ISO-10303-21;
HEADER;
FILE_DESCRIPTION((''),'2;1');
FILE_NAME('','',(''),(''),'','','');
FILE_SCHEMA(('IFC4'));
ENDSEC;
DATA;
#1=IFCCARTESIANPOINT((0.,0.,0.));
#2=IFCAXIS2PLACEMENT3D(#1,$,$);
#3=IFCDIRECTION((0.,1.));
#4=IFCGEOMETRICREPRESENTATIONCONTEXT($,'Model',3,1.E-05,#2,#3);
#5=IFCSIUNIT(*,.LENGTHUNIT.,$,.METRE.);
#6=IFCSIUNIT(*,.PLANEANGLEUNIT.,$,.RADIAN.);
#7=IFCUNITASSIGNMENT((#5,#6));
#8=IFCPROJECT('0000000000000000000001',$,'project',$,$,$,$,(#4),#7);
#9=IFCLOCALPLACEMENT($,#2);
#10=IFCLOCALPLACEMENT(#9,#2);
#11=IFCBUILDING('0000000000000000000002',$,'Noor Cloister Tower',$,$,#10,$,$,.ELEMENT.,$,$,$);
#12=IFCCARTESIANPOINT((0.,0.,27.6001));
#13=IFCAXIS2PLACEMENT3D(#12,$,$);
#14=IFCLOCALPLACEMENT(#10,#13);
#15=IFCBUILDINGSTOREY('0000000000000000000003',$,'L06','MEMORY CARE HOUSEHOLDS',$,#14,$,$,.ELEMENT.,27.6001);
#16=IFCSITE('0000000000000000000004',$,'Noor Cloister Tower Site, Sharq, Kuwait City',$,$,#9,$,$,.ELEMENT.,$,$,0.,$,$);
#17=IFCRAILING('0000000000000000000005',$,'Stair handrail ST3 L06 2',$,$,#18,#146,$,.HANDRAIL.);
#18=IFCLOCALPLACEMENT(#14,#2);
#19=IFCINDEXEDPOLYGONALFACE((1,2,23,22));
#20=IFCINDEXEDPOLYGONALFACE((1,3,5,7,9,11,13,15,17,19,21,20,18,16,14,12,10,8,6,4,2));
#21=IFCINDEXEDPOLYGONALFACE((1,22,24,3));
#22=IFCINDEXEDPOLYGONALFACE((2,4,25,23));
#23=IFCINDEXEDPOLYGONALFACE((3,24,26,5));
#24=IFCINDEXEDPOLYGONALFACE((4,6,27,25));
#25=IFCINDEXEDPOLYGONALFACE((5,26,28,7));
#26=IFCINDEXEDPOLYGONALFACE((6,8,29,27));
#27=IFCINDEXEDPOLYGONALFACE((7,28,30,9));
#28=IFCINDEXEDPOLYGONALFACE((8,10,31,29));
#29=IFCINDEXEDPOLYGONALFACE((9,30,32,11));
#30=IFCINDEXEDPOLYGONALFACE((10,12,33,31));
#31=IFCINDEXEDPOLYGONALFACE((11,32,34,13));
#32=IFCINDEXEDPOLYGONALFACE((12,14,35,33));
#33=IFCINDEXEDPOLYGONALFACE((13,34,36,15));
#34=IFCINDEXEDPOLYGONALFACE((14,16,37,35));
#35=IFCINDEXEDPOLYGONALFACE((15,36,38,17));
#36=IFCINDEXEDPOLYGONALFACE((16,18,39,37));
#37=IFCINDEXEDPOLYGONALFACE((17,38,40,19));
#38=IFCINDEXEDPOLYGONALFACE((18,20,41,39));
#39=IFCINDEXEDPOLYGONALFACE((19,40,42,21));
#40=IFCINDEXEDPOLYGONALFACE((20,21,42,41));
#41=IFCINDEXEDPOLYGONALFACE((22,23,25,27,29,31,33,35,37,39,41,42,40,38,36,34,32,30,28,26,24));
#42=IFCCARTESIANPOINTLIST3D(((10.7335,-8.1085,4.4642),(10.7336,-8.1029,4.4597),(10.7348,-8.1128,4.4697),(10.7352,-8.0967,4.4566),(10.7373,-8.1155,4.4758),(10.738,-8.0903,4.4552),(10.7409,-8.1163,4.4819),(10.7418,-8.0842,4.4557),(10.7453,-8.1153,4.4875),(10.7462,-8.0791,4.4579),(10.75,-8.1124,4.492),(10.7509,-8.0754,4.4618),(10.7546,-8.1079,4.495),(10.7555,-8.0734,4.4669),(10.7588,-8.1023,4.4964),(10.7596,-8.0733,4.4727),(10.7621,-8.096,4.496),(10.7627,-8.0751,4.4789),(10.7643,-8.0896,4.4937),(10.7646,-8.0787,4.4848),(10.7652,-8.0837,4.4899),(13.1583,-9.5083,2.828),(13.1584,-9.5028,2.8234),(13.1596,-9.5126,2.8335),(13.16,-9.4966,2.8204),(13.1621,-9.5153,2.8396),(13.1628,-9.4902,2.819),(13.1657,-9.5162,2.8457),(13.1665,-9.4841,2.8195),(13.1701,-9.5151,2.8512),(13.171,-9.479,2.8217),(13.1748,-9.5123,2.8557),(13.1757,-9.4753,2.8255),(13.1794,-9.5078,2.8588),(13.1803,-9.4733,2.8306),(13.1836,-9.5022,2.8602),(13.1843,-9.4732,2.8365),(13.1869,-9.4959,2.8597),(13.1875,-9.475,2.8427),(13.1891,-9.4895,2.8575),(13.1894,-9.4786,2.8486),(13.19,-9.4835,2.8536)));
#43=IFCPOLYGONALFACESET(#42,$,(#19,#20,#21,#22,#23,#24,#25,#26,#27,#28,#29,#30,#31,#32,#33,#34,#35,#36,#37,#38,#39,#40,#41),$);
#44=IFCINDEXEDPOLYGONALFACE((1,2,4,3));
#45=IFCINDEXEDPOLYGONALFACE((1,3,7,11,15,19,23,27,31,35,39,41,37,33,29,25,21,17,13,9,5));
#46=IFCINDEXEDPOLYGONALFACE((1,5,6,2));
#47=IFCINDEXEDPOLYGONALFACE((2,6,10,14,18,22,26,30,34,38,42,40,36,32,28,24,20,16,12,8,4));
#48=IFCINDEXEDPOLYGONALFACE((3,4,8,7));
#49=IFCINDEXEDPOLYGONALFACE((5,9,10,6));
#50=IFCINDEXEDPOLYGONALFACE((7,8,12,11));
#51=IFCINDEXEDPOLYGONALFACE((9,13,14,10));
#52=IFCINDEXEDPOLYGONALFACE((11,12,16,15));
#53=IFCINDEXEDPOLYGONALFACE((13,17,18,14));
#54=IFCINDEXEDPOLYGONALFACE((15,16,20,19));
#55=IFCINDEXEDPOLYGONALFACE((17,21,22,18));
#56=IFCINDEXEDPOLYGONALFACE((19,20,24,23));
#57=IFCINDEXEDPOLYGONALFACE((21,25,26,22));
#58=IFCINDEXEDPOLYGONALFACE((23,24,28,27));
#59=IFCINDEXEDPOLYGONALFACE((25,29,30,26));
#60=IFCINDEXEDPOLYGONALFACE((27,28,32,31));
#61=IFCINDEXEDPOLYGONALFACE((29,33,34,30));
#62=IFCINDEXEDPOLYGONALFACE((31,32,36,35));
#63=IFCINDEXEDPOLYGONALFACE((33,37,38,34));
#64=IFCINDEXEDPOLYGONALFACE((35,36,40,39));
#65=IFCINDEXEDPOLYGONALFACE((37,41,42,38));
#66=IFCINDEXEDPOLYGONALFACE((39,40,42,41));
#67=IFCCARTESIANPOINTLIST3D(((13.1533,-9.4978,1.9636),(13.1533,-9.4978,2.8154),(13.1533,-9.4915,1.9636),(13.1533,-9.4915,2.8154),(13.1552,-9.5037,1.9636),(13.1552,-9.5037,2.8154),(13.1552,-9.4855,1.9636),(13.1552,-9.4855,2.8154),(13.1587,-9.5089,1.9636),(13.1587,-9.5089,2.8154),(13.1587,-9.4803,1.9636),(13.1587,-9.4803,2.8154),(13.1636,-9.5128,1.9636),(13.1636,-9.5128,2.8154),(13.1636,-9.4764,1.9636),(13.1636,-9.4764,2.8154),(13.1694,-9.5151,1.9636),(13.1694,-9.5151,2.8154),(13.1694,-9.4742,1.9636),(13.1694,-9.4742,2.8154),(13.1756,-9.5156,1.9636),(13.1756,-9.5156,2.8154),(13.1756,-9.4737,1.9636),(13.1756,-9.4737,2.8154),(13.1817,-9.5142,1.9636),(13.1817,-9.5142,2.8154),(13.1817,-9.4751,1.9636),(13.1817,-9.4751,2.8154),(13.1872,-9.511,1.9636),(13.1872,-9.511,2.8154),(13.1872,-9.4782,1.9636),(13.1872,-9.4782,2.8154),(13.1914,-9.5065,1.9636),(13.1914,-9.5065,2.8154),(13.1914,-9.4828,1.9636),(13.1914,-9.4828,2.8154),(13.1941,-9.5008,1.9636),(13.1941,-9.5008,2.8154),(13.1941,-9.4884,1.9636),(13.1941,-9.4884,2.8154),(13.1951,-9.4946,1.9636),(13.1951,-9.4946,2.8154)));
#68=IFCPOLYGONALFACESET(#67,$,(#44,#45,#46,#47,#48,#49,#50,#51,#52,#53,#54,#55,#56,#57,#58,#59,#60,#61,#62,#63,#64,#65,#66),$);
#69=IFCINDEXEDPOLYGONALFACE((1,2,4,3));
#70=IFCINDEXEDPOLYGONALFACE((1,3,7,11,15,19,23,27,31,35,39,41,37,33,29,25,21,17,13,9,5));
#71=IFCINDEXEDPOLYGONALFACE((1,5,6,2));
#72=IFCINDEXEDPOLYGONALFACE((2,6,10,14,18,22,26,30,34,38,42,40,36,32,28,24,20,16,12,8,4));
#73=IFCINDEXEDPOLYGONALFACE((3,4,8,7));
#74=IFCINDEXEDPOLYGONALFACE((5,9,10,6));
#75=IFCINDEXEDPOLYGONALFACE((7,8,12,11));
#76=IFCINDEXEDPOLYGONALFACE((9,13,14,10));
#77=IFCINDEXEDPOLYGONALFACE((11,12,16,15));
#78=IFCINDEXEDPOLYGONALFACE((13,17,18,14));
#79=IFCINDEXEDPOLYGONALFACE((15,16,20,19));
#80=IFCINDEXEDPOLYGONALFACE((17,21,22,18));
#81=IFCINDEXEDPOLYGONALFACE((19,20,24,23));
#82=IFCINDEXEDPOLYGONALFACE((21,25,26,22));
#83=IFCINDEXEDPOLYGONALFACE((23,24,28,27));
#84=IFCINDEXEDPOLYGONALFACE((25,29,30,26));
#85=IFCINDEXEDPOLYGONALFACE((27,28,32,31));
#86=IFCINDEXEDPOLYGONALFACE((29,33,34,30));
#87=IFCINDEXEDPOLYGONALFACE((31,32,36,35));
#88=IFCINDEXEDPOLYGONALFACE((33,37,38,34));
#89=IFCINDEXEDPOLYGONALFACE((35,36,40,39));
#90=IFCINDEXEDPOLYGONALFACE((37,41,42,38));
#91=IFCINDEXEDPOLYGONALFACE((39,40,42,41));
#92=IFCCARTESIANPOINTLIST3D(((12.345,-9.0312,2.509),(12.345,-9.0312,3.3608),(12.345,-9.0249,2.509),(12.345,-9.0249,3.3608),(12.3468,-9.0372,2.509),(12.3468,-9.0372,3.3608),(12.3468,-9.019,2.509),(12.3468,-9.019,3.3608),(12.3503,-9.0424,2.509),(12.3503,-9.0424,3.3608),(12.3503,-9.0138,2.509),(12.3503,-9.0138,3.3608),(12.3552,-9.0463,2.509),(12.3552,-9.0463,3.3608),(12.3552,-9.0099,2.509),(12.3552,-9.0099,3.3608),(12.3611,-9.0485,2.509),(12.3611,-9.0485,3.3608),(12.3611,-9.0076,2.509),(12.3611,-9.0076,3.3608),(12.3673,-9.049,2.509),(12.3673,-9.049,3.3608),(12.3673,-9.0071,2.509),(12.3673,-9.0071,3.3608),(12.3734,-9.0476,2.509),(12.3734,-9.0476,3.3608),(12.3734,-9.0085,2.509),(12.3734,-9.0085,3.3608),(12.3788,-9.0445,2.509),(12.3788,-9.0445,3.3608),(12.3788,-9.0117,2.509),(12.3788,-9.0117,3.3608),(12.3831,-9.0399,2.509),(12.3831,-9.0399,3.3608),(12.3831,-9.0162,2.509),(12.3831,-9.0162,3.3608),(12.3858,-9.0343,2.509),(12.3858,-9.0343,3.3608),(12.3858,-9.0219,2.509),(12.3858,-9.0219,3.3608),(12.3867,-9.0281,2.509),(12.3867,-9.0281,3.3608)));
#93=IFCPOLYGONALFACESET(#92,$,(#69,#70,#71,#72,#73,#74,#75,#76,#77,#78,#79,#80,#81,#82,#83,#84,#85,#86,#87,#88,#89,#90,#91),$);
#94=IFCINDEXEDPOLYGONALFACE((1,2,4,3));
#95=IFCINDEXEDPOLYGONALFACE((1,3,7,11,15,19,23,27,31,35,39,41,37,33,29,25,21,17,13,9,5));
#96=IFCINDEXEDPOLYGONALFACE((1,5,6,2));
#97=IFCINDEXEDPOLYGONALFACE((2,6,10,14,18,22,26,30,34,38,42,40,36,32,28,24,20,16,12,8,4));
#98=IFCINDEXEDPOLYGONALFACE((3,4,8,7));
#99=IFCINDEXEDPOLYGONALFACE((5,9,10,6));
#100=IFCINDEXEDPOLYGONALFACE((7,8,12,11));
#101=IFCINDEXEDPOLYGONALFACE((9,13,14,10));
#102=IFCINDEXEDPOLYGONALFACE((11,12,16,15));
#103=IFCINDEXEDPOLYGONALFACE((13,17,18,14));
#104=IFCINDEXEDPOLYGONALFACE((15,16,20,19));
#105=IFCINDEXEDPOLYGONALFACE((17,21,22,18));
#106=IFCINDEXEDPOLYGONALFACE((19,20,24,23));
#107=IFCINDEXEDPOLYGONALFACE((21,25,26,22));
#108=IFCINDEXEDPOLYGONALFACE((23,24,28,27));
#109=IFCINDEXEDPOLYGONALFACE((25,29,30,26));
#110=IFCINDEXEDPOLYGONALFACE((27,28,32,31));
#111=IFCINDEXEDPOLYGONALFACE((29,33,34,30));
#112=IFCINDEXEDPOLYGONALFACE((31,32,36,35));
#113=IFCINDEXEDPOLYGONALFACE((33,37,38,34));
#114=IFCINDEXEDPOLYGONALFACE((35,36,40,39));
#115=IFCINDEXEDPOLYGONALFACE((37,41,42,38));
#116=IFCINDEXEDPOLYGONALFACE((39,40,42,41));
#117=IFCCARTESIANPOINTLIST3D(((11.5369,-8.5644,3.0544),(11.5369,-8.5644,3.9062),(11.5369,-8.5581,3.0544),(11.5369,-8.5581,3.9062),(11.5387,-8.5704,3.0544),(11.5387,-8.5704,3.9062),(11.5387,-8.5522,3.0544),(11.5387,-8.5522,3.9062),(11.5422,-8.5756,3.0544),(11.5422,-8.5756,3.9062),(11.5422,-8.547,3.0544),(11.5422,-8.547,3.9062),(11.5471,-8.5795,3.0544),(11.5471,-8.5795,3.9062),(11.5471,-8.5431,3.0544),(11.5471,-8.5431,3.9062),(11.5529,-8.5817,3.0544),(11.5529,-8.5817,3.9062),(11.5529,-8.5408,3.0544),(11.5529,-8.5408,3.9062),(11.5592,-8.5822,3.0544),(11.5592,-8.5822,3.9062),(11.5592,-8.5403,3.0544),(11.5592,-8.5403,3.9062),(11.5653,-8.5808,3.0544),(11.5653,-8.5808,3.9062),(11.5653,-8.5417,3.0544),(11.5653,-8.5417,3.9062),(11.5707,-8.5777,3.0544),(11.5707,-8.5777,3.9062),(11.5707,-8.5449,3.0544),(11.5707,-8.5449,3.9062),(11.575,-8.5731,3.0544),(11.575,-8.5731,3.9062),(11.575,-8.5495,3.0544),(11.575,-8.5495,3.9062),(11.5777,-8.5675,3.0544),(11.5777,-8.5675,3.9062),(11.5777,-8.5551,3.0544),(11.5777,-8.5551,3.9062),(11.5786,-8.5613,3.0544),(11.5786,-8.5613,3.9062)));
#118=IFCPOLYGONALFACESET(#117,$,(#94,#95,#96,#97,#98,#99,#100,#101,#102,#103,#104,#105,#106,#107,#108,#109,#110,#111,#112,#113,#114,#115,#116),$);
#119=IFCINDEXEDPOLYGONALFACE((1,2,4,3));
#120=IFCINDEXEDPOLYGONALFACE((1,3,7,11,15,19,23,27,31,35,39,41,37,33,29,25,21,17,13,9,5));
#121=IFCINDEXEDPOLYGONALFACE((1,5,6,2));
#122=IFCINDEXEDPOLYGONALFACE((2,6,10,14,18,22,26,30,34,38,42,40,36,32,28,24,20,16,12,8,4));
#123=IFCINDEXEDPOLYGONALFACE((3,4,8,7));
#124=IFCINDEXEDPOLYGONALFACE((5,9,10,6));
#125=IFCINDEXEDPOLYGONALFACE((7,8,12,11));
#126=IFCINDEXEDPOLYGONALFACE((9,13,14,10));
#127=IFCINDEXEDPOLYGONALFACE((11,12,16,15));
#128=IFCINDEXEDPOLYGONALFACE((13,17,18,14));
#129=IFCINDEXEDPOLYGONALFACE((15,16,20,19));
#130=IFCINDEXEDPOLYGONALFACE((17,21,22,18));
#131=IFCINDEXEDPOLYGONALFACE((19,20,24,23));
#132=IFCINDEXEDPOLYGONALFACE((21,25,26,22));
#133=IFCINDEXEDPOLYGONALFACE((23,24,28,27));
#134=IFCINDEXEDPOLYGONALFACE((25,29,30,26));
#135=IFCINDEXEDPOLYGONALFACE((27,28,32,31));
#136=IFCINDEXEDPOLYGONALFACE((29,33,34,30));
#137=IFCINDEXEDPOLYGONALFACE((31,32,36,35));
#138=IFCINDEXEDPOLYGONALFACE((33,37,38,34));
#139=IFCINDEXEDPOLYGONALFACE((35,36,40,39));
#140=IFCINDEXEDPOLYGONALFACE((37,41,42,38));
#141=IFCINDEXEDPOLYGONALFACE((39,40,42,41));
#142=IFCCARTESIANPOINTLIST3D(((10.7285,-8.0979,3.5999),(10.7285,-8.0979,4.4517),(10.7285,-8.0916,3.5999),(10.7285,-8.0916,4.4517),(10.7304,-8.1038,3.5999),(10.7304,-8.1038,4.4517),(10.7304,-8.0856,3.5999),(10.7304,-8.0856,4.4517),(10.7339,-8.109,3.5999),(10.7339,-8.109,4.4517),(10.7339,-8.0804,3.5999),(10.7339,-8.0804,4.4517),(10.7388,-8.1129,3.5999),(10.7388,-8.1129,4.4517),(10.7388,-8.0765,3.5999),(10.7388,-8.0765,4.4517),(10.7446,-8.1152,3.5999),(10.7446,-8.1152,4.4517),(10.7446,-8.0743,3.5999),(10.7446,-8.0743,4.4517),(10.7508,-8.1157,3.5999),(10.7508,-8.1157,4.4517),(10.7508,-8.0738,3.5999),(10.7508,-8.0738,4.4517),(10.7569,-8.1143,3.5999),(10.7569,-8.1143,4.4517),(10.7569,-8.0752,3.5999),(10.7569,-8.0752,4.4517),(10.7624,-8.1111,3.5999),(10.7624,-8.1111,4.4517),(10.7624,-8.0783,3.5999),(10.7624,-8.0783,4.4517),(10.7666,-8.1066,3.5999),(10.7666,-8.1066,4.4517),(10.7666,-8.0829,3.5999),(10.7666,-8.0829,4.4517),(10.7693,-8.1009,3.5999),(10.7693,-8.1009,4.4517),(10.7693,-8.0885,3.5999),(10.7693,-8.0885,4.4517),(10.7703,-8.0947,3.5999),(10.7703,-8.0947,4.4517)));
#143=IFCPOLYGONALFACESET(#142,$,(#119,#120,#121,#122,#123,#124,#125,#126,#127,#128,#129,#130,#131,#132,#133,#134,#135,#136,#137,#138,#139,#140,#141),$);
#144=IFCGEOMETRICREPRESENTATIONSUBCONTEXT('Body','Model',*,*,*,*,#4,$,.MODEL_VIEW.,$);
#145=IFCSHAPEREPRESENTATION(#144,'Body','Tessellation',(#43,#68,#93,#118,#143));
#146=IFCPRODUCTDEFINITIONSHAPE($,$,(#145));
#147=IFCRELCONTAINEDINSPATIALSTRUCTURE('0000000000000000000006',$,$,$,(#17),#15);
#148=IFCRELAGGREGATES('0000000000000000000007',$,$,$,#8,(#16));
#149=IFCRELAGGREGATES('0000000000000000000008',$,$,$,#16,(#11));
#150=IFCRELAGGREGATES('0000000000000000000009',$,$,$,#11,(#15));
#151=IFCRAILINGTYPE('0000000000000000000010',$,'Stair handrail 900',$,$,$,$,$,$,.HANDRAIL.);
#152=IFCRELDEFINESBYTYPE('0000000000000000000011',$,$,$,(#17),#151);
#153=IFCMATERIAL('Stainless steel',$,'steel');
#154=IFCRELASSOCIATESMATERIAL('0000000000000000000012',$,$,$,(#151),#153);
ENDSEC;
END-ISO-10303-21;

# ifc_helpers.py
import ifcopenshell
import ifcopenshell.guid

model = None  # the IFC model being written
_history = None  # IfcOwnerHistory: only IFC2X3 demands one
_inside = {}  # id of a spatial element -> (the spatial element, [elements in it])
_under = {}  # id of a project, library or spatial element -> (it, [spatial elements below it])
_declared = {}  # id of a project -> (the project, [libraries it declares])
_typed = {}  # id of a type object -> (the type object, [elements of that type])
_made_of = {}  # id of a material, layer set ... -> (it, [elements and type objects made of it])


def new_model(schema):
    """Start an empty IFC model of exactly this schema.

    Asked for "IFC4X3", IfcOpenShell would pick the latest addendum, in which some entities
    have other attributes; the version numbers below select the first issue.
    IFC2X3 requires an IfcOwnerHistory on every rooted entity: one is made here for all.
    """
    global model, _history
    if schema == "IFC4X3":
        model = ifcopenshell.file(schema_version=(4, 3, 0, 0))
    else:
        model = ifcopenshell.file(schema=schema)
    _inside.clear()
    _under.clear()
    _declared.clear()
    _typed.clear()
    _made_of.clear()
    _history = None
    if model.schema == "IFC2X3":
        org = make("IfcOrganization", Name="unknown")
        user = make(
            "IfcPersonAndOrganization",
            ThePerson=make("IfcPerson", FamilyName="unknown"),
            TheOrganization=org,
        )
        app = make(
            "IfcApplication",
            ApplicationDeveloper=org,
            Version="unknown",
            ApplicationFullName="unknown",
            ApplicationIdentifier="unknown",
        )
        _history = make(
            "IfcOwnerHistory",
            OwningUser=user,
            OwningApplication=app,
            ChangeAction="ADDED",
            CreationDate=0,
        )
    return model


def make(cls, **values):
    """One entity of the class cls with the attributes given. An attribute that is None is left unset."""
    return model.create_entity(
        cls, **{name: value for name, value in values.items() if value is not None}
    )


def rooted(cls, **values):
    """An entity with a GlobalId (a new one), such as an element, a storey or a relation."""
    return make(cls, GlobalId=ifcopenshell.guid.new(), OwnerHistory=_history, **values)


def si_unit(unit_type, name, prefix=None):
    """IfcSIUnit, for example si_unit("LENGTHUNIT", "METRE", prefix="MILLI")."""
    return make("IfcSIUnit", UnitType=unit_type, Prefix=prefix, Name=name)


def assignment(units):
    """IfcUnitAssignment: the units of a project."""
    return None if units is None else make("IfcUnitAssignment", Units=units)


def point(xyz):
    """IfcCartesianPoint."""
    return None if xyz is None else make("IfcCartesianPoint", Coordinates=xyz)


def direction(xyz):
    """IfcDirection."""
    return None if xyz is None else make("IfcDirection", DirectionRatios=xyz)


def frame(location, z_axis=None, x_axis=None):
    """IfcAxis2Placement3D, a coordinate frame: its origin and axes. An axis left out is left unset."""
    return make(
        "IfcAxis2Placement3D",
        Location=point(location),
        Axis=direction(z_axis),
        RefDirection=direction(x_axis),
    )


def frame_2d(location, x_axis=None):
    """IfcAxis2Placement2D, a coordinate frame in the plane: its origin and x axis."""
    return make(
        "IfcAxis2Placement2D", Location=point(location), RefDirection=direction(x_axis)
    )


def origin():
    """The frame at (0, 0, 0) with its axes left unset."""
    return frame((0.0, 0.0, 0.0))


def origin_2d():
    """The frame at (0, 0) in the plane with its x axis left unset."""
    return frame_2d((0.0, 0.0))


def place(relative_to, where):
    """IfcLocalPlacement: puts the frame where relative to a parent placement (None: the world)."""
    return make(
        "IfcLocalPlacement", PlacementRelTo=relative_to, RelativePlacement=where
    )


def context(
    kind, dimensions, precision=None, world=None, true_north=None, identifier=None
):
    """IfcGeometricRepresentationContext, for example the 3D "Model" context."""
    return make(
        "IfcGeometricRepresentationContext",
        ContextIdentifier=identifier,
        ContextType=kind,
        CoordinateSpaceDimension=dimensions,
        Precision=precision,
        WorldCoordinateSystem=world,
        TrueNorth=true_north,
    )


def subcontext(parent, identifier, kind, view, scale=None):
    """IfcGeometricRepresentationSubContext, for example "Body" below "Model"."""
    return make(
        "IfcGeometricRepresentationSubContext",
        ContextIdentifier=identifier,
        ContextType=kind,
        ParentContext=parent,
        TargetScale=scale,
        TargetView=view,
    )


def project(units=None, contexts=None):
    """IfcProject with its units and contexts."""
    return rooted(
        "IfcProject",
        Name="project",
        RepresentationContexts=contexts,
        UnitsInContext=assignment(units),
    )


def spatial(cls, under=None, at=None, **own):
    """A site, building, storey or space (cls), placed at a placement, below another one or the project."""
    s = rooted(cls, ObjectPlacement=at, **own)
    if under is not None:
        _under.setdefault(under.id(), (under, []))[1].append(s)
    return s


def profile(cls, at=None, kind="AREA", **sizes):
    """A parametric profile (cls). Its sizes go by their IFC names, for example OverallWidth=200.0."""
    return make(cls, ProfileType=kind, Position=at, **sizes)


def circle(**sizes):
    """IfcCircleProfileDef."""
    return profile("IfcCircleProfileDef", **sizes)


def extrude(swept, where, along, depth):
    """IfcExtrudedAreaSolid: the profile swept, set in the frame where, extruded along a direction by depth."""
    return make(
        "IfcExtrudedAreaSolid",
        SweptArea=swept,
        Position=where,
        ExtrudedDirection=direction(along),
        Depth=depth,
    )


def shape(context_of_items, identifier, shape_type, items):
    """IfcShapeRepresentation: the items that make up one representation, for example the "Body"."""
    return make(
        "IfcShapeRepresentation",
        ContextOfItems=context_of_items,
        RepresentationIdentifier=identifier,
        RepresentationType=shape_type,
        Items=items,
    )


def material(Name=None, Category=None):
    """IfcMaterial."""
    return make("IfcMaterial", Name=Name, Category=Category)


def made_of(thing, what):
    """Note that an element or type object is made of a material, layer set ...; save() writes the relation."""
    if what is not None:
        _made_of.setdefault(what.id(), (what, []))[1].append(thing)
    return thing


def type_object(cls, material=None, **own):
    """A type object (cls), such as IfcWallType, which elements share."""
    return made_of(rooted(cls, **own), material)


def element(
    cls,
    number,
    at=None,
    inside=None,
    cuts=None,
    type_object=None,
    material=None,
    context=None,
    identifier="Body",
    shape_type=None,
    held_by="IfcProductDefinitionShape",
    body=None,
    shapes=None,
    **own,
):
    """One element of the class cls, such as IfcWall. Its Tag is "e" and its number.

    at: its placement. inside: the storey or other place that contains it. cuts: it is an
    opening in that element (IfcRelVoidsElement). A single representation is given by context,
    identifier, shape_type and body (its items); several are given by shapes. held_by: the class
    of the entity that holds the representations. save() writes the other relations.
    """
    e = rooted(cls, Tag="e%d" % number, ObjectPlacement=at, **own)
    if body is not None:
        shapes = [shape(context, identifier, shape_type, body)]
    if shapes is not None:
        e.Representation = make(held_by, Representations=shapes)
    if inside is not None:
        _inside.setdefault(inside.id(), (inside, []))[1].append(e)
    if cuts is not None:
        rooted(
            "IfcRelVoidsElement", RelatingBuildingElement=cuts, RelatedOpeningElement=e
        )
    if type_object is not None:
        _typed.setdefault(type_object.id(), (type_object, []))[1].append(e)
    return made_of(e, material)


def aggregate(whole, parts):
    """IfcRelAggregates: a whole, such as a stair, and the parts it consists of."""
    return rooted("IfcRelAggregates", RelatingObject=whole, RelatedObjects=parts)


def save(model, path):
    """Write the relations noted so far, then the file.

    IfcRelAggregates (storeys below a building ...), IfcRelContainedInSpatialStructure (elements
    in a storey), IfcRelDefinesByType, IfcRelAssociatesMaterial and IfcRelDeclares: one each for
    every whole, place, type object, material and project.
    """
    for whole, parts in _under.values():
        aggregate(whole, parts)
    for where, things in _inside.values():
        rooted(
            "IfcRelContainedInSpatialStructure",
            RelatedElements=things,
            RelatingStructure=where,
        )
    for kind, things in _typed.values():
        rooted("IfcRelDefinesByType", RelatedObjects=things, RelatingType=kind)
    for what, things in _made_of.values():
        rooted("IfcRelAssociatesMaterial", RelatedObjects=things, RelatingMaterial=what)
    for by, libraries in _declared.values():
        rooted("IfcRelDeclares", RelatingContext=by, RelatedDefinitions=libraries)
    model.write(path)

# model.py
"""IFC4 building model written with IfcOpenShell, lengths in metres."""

from ifc_helpers import new_model, si_unit, direction, frame, origin, origin_2d, place, context, subcontext, project, spatial, circle, extrude, material, type_object, element, save


model = new_model("IFC4")

# Units and contexts
model_context = context("Model", 3, precision=1e-05, world=origin(), true_north=direction((0.0, 1.0)))
body_context = subcontext(model_context, "Body", "Model", "MODEL_VIEW")
ifc_project = project(units=[si_unit("LENGTHUNIT", "METRE"), si_unit("PLANEANGLEUNIT", "RADIAN")], contexts=[model_context])

# Site, building, storey
site_placement = place(None, origin())
site = spatial("IfcSite", under=ifc_project, at=site_placement, Name="Noor Cloister Tower Site, Sharq, Kuwait City", CompositionType="ELEMENT", RefElevation=0.0)
building_placement = place(site_placement, origin())
building = spatial("IfcBuilding", under=site, at=building_placement, Name="Noor Cloister Tower", CompositionType="ELEMENT")
storey_placement = place(building_placement, frame((0.0, 0.0, 27.6001)))
storey = spatial("IfcBuildingStorey", under=building, at=storey_placement, Name="L06", Description="MEMORY CARE HOUSEHOLDS", CompositionType="ELEMENT", Elevation=27.6001)

# Railing
ifc_material_1 = material(Name="Stainless steel", Category="steel")
railing_type = type_object("IfcRailingType", Name="Stair handrail 900", PredefinedType="HANDRAIL", material=ifc_material_1)
railing_placement = place(storey_placement, frame((13.1741, -9.4946, 1.9636)))
element("IfcRailing", 1, at=railing_placement, inside=storey, type_object=railing_type, Name="Stair handrail ST3 L06 2", PredefinedType="HANDRAIL", context=body_context, shape_type="SweptSolid", body=[
    extrude(circle(Radius=0.0239, at=origin_2d()), frame((0.0, 0.0, 0.876), z_axis=(-0.747718, 0.431677, 0.504552), x_axis=(-0.499984, -0.866035, 0.0)), (0.0, 0.0, 1.0), 3.2429),
    extrude(circle(Radius=0.021, at=origin_2d()), origin(), (0.0, 0.0, 1.0), 0.8518),
    extrude(circle(Radius=0.021, at=origin_2d()), frame((-0.8083, 0.4666, 0.5454)), (0.0, 0.0, 1.0), 0.8518),
    extrude(circle(Radius=0.021, at=origin_2d()), frame((-1.6165, 0.9333, 1.0908)), (0.0, 0.0, 1.0), 0.8518),
    extrude(circle(Radius=0.021, at=origin_2d()), frame((-2.4248, 1.3999, 1.6362)), (0.0, 0.0, 1.0), 0.8518),
])

save(model, "model.ifc")
